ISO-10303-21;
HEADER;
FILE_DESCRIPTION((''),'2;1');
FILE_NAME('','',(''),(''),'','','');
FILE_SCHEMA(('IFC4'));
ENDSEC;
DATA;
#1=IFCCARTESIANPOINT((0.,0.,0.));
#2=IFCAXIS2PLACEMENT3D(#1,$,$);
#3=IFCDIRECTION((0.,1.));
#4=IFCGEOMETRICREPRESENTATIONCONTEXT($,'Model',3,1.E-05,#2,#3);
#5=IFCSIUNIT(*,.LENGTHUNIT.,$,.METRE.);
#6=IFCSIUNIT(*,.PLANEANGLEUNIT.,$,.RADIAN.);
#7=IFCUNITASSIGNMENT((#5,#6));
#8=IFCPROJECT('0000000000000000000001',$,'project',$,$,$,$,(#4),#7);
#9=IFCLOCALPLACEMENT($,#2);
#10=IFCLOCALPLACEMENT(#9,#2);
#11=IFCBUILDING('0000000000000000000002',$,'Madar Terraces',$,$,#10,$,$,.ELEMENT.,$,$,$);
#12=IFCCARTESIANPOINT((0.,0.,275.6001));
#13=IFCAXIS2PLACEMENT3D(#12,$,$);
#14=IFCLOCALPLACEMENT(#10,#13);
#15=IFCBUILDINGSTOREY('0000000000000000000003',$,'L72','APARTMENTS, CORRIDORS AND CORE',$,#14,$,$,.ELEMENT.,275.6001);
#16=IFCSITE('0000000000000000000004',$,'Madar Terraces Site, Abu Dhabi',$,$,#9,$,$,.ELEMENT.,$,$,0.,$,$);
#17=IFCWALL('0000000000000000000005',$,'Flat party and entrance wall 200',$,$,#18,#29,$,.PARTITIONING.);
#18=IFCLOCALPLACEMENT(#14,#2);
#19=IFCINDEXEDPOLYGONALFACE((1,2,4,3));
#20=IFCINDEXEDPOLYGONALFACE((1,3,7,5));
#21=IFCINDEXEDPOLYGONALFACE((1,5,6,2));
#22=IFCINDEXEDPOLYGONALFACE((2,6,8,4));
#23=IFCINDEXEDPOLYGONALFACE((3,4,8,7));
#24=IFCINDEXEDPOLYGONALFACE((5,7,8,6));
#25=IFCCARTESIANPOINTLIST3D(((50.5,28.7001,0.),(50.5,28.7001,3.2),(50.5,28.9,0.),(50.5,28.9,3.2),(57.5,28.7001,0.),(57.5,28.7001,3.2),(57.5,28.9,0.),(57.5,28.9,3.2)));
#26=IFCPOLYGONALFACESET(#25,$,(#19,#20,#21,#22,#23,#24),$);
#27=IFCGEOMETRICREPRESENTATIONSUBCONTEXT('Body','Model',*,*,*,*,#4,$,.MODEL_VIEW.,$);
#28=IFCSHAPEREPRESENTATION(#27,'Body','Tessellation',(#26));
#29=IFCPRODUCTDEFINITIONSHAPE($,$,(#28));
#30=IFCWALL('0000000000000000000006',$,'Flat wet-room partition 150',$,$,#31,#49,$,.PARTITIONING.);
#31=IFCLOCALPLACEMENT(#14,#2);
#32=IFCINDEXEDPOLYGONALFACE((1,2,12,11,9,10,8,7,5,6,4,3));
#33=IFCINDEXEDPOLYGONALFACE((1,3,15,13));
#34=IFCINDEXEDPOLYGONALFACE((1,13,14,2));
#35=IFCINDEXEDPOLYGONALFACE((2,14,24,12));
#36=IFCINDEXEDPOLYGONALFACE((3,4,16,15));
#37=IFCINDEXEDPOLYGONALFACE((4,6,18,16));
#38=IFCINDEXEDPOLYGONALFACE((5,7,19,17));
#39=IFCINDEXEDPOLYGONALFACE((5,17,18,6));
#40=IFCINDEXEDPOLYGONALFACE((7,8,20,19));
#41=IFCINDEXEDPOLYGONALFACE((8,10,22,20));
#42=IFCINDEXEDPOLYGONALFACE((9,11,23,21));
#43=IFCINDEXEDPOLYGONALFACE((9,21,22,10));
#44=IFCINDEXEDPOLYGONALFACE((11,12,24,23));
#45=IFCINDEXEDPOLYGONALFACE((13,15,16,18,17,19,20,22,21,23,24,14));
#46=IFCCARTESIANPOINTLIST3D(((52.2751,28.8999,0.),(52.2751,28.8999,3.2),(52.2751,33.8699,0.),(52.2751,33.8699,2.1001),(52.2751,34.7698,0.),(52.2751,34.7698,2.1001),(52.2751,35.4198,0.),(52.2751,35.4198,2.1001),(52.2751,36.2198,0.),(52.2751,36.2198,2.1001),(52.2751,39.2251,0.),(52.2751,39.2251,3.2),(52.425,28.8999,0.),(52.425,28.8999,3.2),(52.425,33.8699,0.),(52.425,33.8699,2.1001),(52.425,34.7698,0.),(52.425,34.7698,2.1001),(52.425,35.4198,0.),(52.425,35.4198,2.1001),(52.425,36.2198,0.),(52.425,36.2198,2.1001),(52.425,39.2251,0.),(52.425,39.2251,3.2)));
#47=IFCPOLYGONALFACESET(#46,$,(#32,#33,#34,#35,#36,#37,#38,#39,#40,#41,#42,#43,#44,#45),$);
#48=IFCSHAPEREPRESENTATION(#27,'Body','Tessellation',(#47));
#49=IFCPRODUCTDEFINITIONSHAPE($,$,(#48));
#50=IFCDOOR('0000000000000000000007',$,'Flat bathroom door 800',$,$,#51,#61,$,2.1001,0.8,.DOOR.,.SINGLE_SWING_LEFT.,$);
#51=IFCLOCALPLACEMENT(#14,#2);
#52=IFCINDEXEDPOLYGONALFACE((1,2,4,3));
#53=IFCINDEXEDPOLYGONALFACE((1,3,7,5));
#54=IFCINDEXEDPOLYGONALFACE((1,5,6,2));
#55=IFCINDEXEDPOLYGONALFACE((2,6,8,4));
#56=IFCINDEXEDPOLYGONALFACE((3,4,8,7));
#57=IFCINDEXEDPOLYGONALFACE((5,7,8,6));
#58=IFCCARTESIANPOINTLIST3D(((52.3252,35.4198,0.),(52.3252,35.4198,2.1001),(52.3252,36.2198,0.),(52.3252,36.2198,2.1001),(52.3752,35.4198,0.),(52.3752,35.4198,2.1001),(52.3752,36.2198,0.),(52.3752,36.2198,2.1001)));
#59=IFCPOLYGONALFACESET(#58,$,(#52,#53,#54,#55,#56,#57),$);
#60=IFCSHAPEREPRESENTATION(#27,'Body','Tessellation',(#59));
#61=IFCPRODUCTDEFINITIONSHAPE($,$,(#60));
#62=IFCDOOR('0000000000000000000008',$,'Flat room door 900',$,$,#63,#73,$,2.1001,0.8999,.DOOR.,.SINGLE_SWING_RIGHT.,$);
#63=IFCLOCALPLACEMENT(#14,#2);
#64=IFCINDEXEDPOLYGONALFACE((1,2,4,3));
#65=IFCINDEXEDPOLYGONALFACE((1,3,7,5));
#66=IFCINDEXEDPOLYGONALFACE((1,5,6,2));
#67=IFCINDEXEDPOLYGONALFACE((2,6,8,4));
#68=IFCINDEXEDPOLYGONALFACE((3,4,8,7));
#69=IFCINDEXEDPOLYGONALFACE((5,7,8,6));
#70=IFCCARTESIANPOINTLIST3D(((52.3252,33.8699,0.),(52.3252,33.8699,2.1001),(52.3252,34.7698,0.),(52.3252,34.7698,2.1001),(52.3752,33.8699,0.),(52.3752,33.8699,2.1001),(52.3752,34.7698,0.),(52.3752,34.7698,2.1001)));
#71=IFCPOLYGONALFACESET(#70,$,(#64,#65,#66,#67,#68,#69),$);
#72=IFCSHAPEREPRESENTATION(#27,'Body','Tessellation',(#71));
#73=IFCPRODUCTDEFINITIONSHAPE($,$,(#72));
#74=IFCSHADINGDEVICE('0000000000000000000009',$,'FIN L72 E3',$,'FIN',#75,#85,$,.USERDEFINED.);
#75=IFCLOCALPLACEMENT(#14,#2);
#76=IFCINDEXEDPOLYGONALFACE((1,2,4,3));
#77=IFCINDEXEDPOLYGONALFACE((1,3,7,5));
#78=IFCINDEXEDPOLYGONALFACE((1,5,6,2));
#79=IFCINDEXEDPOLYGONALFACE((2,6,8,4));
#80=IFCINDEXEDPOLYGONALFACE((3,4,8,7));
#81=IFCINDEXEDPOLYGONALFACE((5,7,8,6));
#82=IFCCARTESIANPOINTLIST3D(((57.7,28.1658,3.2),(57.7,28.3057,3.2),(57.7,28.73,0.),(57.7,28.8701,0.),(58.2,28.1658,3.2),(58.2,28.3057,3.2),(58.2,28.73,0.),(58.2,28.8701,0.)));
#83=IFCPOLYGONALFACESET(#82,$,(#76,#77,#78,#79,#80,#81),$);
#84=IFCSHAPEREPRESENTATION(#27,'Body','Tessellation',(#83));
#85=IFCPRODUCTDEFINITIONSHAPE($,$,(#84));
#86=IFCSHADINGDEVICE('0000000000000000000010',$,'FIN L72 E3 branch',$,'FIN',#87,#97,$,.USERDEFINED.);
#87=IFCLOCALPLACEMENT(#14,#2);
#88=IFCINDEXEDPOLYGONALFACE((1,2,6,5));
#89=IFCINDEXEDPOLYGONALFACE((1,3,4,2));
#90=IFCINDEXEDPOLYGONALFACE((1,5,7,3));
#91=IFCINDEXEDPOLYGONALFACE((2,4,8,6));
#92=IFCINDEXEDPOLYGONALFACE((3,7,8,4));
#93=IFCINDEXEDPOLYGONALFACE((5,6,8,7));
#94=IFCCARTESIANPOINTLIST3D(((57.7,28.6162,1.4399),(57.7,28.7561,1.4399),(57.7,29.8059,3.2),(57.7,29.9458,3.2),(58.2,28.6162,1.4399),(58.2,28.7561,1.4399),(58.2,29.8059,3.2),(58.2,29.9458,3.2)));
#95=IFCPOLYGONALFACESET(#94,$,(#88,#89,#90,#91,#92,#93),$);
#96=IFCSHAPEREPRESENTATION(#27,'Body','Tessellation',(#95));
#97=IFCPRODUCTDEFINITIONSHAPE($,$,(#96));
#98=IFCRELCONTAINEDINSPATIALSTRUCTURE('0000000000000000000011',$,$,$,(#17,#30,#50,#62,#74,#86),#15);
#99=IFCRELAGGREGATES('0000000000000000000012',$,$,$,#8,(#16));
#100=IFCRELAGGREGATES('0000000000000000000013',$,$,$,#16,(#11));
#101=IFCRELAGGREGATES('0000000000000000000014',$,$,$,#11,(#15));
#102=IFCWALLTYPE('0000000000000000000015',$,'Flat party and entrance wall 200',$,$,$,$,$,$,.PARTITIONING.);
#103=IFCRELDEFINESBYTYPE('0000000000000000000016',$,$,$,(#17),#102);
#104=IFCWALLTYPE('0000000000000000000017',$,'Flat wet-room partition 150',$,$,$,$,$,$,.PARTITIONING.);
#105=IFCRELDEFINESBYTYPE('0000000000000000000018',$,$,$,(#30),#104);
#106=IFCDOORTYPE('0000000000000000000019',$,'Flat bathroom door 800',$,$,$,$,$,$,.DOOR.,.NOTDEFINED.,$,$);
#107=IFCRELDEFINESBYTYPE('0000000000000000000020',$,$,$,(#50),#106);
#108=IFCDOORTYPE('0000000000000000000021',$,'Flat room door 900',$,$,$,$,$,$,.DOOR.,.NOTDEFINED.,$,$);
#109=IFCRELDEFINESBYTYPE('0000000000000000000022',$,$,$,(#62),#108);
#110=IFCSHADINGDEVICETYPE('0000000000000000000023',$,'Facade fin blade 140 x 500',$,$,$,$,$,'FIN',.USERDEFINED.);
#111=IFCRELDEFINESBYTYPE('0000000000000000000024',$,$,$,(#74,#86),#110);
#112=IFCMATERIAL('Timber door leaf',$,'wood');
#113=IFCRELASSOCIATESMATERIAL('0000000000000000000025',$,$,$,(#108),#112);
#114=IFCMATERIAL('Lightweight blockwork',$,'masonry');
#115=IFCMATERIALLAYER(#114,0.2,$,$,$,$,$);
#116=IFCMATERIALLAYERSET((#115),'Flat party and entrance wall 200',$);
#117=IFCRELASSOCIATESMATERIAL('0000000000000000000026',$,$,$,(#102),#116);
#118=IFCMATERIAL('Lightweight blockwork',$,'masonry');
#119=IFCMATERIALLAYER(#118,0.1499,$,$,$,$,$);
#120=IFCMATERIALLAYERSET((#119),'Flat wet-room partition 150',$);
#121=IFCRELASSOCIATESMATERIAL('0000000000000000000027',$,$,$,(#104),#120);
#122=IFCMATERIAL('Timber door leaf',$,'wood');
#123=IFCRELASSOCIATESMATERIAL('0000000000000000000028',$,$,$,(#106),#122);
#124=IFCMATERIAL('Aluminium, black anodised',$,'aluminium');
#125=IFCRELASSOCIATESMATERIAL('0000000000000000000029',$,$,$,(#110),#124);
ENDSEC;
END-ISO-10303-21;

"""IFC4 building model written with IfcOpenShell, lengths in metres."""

from ifc_helpers import new_model, si_unit, direction, frame, frame_2d, origin, place, context, subcontext, project, spatial, polyline, rectangle, outline, extrude, material, layer, layer_set, type_object, element, fill, save


model = new_model("IFC4")

# Units and contexts
model_context = context("Model", 3, precision=1e-05, world=origin(), true_north=direction((0.0, 1.0)))
body_context = subcontext(model_context, "Body", "Model", "MODEL_VIEW")
ifc_project = project(units=[si_unit("LENGTHUNIT", "METRE"), si_unit("PLANEANGLEUNIT", "RADIAN")], contexts=[model_context])

# Site, building, storey
site_placement = place(None, origin())
site = spatial("IfcSite", under=ifc_project, at=site_placement, Name="Madar Terraces Site, Abu Dhabi", CompositionType="ELEMENT", RefElevation=0.0)
building_placement = place(site_placement, origin())
building = spatial("IfcBuilding", under=site, at=building_placement, Name="Madar Terraces", CompositionType="ELEMENT")
storey_placement = place(building_placement, frame((0.0, 0.0, 275.6001)))
storey = spatial("IfcBuildingStorey", under=building, at=storey_placement, Name="L72", Description="APARTMENTS, CORRIDORS AND CORE", CompositionType="ELEMENT", Elevation=275.6001)

# Shared definitions
ifc_material_1 = material(Name="Timber door leaf", Category="wood")
door_type_1 = type_object("IfcDoorType", Name="Flat room door 900", OperationType="NOTDEFINED", PredefinedType="DOOR", material=ifc_material_1)

# Wall
ifc_material_2 = material(Name="Lightweight blockwork", Category="masonry")
ifc_layer_1 = layer(ifc_material_2, 0.2)
ifc_layer_set_1 = layer_set([ifc_layer_1], Name="Flat party and entrance wall 200")
wall_type_1 = type_object("IfcWallType", Name="Flat party and entrance wall 200", PredefinedType="PARTITIONING", material=ifc_layer_set_1)
wall_1_placement = place(storey_placement, frame((50.5, 28.8, 0.0), z_axis=(0.0, 0.0, 1.0), x_axis=(1.0, 0.0, 0.0)))
element("IfcWall", 1, at=wall_1_placement, inside=storey, type_object=wall_type_1, Name="Flat party and entrance wall 200", PredefinedType="PARTITIONING", context=body_context, shape_type="SweptSolid", body=[
    extrude(rectangle(XDim=7.0, YDim=0.2, at=frame_2d((3.5, 0.0))), origin(), (0.0, 0.0, 1.0), 3.2),
])

# Wall, openings, doors
ifc_material_3 = material(Name="Lightweight blockwork", Category="masonry")
ifc_layer_2 = layer(ifc_material_3, 0.1499)
ifc_layer_set_2 = layer_set([ifc_layer_2], Name="Flat wet-room partition 150")
wall_type_2 = type_object("IfcWallType", Name="Flat wet-room partition 150", PredefinedType="PARTITIONING", material=ifc_layer_set_2)
wall_2_placement = place(storey_placement, frame((52.3501, 28.8999, 0.0), z_axis=(0.0, 0.0, 1.0), x_axis=(0.0, 1.0, 0.0)))
wall_2 = element("IfcWall", 2, at=wall_2_placement, inside=storey, type_object=wall_type_2, Name="Flat wet-room partition 150", PredefinedType="PARTITIONING", context=body_context, shape_type="SweptSolid", body=[
    extrude(rectangle(XDim=10.3252, YDim=0.1499, at=frame_2d((5.1626, 0.0))), origin(), (0.0, 0.0, 1.0), 3.2),
])
opening_1_placement = place(wall_2_placement, frame((6.52, 0.0, 0.0)))
opening_1 = element("IfcOpeningElement", 3, at=opening_1_placement, cuts=wall_2, PredefinedType="OPENING", context=body_context, shape_type="SweptSolid", body=[
    extrude(rectangle(XDim=0.8, YDim=2.1001, at=frame_2d((0.3999, 1.05))), frame((0.0, 0.085, 0.0), z_axis=(0.0, -1.0, 0.0), x_axis=(1.0, 0.0, 0.0)), (0.0, 0.0, 1.0), 0.1699),
])
opening_2_placement = place(wall_2_placement, frame((4.97, 0.0, 0.0)))
opening_2 = element("IfcOpeningElement", 4, at=opening_2_placement, cuts=wall_2, PredefinedType="OPENING", context=body_context, shape_type="SweptSolid", body=[
    extrude(rectangle(XDim=0.8999, YDim=2.1001, at=frame_2d((0.45, 1.05))), frame((0.0, 0.085, 0.0), z_axis=(0.0, -1.0, 0.0), x_axis=(1.0, 0.0, 0.0)), (0.0, 0.0, 1.0), 0.1699),
])
ifc_material_4 = material(Name="Timber door leaf", Category="wood")
door_type_2 = type_object("IfcDoorType", Name="Flat bathroom door 800", OperationType="NOTDEFINED", PredefinedType="DOOR", material=ifc_material_4)
door_1_placement = place(opening_1_placement, origin())
door_1 = element("IfcDoor", 5, at=door_1_placement, inside=storey, type_object=door_type_2, Name="Flat bathroom door 800", OperationType="SINGLE_SWING_LEFT", OverallHeight=2.1001, OverallWidth=0.8, PredefinedType="DOOR", context=body_context, shape_type="SweptSolid", body=[
    extrude(rectangle(XDim=0.8, YDim=2.1001, at=frame_2d((0.3999, 1.05))), frame((0.0, 0.0249, 0.0), z_axis=(0.0, -1.0, 0.0), x_axis=(1.0, 0.0, 0.0)), (0.0, 0.0, 1.0), 0.05),
])
fill(opening_1, door_1)
door_2_placement = place(opening_2_placement, origin())
door_2 = element("IfcDoor", 6, at=door_2_placement, inside=storey, type_object=door_type_1, Name="Flat room door 900", OperationType="SINGLE_SWING_RIGHT", OverallHeight=2.1001, OverallWidth=0.8999, PredefinedType="DOOR", context=body_context, shape_type="SweptSolid", body=[
    extrude(rectangle(XDim=0.8999, YDim=2.1001, at=frame_2d((0.45, 1.05))), frame((0.0, 0.0249, 0.0), z_axis=(0.0, -1.0, 0.0), x_axis=(1.0, 0.0, 0.0)), (0.0, 0.0, 1.0), 0.05),
])
fill(opening_2, door_2)

# Shading devices
ifc_material_5 = material(Name="Aluminium, black anodised", Category="aluminium")
shading_device_type = type_object("IfcShadingDeviceType", Name="Facade fin blade 140 x 500", ElementType="FIN", PredefinedType="USERDEFINED", material=ifc_material_5)
shading_device_1_placement = place(storey_placement, frame((57.95, 28.73, 0.0), z_axis=(0.0, 0.0, 1.0), x_axis=(0.0, 1.0, 0.0)))
element("IfcShadingDevice", 7, at=shading_device_1_placement, inside=storey, type_object=shading_device_type, Name="FIN L72 E3", ObjectType="FIN", PredefinedType="USERDEFINED", context=body_context, shape_type="SweptSolid", body=[
    extrude(outline(polyline([(0.0, 0.0), (0.1401, 0.0), (-0.4243, 3.2), (-0.5642, 3.2), (0.0, 0.0)])), frame((0.0, 0.25, 0.0), z_axis=(0.0, -1.0, 0.0), x_axis=(1.0, 0.0, 0.0)), (0.0, 0.0, 1.0), 0.5),
])
shading_device_2_placement = place(storey_placement, frame((57.95, 28.6162, 1.4399), z_axis=(0.0, 0.0, 1.0), x_axis=(0.0, 1.0, 0.0)))
element("IfcShadingDevice", 8, at=shading_device_2_placement, inside=storey, type_object=shading_device_type, Name="FIN L72 E3 branch", ObjectType="FIN", PredefinedType="USERDEFINED", context=body_context, shape_type="SweptSolid", body=[
    extrude(outline(polyline([(0.0, 0.0), (0.1399, 0.0), (1.3296, 1.76), (1.1897, 1.76), (0.0, 0.0)])), frame((0.0, 0.25, 0.0), z_axis=(0.0, -1.0, 0.0), x_axis=(1.0, 0.0, 0.0)), (0.0, 0.0, 1.0), 0.5),
])

save(model, "model.ifc")
